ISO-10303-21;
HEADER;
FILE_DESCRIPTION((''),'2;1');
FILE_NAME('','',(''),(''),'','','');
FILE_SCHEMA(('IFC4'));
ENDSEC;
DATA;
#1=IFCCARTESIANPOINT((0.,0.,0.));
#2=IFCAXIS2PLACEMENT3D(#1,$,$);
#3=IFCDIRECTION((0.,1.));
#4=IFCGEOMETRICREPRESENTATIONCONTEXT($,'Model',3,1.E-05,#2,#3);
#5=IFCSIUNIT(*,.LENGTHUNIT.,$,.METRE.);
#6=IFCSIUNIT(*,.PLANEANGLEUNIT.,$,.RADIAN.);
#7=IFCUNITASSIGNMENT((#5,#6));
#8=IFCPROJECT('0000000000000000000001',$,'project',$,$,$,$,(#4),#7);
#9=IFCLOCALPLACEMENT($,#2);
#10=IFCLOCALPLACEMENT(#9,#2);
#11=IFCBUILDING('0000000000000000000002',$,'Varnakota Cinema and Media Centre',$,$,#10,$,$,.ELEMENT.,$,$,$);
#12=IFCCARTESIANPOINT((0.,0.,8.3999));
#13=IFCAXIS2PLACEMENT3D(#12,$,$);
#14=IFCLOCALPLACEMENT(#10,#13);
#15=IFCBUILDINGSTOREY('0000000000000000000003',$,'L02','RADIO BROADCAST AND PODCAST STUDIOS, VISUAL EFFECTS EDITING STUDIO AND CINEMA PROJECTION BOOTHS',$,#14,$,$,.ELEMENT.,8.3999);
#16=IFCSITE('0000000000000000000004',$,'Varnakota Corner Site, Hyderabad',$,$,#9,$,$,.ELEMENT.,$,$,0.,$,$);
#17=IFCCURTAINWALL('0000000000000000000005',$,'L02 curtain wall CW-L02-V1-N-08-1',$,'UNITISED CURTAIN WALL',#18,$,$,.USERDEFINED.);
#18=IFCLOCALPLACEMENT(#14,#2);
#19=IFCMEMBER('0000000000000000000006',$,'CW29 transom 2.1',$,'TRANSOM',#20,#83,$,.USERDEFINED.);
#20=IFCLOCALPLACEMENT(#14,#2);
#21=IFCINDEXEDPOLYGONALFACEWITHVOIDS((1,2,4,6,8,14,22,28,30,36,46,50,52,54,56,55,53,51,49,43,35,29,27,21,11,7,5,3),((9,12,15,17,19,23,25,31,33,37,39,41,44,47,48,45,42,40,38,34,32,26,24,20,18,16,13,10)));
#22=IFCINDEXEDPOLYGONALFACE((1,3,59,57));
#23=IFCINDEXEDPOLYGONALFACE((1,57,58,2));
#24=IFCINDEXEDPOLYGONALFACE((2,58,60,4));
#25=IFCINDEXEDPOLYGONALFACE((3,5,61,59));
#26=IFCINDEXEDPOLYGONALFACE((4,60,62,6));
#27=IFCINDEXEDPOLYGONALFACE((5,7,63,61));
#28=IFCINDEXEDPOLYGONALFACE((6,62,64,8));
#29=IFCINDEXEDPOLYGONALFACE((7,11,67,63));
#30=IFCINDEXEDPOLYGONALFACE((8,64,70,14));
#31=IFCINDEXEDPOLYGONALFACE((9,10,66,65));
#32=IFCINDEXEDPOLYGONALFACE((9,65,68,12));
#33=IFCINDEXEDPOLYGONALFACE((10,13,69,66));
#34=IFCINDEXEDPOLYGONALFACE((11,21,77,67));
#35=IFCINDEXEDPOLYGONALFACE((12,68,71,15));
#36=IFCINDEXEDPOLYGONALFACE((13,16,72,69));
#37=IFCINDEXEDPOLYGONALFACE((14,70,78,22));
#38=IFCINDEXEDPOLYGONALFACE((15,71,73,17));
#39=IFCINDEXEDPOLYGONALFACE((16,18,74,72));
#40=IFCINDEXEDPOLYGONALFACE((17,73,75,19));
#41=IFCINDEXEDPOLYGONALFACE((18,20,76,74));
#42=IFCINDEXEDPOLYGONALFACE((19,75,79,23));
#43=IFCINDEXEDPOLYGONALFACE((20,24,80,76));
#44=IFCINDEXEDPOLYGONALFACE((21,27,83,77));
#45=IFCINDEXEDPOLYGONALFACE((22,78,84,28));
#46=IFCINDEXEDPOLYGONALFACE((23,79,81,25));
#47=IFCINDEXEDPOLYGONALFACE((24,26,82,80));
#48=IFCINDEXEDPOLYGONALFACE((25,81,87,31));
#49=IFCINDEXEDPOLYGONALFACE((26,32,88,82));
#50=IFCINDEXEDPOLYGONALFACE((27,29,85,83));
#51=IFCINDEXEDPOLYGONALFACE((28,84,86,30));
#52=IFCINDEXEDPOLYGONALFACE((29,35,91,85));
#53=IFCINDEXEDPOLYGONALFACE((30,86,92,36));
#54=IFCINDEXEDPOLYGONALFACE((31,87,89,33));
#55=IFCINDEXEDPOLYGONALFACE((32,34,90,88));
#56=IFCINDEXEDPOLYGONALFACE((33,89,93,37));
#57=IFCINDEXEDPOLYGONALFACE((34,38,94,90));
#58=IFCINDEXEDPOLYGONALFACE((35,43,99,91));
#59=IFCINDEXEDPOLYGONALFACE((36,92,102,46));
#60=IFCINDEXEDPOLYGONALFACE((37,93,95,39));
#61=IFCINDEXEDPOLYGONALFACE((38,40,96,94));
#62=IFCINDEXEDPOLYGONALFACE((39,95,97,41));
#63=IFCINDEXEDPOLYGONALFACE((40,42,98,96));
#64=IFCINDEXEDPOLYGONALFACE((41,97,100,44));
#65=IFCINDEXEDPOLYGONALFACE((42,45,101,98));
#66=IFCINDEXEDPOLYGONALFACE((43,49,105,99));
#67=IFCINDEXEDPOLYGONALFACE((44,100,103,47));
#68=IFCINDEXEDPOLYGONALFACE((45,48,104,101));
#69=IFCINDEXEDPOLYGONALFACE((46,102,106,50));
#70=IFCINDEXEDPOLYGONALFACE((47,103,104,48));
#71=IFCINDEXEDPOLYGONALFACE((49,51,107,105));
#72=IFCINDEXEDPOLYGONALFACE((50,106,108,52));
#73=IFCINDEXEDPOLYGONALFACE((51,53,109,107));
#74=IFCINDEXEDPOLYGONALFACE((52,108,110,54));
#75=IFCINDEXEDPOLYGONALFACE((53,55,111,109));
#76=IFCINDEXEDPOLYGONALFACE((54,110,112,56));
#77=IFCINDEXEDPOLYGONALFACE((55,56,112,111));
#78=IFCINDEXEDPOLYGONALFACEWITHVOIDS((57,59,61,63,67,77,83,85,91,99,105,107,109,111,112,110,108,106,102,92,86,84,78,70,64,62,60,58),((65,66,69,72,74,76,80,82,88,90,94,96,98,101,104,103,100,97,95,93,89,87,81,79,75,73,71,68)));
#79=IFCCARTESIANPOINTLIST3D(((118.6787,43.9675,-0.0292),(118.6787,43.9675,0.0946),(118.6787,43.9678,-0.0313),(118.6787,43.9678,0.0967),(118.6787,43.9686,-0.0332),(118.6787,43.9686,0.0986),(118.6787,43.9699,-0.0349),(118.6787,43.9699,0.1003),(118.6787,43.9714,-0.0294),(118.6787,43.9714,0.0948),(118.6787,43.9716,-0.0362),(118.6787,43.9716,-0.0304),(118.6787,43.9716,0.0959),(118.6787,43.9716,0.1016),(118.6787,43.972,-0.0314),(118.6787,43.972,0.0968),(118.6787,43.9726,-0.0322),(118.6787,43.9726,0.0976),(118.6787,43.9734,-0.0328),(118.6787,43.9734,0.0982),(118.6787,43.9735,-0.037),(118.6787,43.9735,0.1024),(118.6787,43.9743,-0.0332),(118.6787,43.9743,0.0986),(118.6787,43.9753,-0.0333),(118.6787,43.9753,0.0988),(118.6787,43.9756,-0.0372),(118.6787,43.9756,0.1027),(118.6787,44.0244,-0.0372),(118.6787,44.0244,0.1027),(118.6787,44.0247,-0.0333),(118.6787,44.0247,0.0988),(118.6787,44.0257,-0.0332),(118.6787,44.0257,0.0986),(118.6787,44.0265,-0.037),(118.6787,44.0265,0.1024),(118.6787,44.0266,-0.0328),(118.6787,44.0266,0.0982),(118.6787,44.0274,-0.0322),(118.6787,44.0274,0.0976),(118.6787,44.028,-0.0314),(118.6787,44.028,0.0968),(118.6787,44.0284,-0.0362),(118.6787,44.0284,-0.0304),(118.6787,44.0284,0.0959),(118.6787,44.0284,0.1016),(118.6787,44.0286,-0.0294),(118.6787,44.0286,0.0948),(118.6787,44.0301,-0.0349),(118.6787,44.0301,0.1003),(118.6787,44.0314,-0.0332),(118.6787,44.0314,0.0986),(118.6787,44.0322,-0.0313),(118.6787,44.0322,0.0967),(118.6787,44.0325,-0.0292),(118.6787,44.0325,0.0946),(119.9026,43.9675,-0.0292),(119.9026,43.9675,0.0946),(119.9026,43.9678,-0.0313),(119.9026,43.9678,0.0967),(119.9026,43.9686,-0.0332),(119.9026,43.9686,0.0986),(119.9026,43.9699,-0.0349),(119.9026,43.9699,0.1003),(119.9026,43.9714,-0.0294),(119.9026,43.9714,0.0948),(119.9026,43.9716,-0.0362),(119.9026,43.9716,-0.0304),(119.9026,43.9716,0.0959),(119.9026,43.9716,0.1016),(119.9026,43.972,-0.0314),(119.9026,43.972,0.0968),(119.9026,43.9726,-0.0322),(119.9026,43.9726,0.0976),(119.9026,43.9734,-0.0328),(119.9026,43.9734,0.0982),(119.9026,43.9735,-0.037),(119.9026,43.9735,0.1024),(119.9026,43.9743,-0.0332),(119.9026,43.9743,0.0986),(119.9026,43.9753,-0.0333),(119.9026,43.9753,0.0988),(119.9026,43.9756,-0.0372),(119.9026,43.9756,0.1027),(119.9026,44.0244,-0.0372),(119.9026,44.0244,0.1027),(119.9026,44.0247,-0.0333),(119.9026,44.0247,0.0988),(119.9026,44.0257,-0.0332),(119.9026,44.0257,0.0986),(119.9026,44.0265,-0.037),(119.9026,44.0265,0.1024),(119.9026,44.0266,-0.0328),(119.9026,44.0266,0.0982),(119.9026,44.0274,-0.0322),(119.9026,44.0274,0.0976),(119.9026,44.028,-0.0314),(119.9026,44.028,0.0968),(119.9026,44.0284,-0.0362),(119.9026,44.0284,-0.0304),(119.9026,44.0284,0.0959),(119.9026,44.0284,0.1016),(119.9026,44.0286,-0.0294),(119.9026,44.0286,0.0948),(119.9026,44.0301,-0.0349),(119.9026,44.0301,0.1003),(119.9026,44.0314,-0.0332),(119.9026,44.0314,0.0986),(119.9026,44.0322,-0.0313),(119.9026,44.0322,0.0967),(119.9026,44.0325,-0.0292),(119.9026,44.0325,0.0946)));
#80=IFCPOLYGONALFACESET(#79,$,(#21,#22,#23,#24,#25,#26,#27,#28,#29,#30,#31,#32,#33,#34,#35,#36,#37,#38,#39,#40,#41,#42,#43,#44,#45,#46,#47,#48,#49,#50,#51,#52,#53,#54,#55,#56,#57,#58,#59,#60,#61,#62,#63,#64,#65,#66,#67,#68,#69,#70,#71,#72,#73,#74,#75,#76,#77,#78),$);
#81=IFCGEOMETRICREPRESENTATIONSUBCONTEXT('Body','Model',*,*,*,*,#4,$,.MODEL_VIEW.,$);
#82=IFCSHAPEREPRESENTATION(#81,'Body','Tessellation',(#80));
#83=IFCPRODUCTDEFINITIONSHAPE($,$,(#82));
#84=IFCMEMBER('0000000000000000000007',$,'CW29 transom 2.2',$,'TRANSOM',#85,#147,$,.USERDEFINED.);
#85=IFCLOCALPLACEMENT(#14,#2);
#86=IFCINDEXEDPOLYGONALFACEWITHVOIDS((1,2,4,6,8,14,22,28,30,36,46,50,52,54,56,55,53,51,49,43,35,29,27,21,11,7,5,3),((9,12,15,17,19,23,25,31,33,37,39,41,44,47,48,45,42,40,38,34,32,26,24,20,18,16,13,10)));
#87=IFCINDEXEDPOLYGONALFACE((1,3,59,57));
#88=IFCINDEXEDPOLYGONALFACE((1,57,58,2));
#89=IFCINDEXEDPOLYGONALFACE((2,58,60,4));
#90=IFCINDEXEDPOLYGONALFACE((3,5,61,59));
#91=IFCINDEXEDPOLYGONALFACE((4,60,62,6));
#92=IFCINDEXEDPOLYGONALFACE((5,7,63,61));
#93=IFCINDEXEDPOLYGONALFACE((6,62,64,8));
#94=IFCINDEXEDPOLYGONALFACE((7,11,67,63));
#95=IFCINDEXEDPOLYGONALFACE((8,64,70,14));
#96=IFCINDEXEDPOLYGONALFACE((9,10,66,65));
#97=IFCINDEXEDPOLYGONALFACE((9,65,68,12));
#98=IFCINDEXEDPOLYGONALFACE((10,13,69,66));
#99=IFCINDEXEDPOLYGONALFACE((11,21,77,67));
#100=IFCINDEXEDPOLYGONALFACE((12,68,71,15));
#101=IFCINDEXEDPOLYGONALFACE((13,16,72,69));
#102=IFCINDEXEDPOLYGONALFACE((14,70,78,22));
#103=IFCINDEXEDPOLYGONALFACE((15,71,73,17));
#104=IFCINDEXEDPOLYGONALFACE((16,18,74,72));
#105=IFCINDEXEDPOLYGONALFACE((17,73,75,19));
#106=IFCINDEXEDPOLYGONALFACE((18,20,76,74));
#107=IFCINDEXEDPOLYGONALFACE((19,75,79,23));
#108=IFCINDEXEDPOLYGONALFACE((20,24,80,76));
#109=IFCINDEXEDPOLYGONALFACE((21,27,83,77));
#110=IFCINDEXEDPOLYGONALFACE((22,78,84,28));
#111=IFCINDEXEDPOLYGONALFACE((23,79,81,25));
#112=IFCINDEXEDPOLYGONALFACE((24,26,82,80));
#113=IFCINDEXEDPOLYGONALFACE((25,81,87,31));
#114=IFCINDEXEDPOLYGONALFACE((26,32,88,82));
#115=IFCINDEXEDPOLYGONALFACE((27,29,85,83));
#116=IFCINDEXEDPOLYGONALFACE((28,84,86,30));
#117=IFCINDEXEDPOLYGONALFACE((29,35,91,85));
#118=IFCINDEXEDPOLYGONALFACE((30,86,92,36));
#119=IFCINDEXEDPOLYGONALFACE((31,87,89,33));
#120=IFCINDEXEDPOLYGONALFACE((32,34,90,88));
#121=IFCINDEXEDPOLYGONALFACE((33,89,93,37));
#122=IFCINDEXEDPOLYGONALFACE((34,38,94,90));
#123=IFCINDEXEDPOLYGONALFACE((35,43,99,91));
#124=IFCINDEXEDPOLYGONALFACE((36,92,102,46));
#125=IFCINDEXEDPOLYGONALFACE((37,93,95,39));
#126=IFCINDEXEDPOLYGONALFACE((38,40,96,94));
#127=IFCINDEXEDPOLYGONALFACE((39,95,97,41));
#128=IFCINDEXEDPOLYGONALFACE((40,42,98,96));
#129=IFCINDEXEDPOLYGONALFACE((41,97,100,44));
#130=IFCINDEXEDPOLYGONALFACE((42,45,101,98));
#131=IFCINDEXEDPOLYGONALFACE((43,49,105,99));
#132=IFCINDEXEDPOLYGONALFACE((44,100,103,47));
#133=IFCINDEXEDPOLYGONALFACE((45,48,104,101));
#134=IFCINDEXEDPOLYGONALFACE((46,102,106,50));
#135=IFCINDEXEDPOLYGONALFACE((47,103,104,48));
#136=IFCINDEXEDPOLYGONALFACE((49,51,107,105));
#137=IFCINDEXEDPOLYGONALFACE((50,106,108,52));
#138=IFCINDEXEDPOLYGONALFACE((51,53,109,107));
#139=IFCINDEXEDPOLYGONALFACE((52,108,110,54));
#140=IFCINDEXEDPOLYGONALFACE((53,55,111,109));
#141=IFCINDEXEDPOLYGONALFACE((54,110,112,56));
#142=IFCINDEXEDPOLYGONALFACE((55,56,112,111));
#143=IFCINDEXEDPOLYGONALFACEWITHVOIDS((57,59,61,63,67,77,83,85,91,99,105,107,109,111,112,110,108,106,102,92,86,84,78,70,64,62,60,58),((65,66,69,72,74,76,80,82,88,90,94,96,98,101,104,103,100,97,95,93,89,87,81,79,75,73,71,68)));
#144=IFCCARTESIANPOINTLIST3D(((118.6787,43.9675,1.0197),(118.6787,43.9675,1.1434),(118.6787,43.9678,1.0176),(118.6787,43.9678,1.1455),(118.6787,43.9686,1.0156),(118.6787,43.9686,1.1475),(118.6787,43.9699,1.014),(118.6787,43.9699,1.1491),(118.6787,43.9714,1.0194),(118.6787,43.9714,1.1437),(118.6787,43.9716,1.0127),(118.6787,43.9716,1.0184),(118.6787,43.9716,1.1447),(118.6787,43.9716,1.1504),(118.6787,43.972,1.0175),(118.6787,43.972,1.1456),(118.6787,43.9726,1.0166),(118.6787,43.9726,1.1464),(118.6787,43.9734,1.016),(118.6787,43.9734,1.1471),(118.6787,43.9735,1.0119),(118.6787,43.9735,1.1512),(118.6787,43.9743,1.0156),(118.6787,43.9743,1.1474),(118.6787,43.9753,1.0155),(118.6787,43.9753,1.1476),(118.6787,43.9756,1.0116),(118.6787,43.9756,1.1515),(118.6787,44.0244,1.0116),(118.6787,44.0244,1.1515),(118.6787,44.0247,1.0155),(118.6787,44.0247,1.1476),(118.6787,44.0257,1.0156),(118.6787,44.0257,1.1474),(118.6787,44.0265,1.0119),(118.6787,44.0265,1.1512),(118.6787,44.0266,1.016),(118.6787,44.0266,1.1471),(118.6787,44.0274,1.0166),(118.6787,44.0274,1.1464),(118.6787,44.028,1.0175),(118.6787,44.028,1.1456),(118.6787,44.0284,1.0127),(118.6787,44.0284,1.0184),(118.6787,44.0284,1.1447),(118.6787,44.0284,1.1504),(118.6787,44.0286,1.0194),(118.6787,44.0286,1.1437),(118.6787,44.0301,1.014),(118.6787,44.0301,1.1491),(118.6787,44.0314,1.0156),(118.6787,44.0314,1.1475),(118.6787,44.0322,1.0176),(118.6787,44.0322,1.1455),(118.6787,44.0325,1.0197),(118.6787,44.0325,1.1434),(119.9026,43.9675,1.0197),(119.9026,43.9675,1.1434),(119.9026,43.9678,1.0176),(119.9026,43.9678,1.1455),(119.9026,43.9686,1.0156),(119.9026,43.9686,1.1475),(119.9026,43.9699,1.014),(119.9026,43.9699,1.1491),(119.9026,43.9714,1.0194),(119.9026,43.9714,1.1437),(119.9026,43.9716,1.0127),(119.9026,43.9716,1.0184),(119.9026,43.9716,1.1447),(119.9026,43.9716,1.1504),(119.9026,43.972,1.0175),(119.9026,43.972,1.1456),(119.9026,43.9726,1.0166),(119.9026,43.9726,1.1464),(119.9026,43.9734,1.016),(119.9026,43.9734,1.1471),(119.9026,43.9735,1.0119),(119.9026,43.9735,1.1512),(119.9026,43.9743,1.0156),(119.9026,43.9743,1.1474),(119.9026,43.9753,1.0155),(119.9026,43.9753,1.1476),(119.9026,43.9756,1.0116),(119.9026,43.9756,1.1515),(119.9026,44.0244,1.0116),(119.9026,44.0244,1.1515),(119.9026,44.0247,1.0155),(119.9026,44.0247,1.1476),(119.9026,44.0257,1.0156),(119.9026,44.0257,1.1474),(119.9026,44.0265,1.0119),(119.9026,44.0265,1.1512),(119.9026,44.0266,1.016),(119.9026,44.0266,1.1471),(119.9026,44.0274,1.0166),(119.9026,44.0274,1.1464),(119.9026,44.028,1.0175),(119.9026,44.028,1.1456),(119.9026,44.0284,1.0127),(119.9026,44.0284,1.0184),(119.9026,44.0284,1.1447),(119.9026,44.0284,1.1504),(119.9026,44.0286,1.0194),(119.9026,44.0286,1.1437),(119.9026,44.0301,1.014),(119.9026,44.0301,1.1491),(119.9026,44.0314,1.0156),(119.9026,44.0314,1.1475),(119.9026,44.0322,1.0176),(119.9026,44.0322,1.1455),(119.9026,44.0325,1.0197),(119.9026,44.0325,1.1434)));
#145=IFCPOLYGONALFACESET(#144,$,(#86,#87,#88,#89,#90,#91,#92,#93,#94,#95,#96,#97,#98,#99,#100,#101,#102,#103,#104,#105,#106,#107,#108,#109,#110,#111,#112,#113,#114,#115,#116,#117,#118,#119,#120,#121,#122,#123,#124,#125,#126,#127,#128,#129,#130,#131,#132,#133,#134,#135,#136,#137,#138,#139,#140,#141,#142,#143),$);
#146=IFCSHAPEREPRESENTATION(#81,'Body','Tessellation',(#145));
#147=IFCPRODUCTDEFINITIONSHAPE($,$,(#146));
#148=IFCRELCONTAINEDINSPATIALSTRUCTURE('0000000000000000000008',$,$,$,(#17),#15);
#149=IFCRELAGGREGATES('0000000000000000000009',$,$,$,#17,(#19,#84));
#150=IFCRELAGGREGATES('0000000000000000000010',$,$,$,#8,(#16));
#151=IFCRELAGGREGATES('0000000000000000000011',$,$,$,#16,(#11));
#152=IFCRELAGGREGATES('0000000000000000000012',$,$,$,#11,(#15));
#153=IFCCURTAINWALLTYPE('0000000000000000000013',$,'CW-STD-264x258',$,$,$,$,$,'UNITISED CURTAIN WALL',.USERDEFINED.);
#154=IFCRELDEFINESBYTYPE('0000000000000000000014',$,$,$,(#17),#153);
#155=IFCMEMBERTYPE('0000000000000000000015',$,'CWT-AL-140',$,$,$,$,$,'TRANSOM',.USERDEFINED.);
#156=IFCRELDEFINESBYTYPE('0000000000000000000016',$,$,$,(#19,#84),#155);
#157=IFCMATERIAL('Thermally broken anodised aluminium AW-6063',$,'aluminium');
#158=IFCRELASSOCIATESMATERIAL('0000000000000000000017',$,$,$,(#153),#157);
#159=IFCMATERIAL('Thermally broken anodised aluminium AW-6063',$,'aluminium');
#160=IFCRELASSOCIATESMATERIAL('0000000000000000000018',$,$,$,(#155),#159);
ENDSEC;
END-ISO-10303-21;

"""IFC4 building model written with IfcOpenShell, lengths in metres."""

from ifc_helpers import new_model, si_unit, direction, frame, origin, origin_2d, place, context, subcontext, project, spatial, hollow_rectangle, extrude, material, material_profile, profile_set, type_object, element, aggregate, save


model = new_model("IFC4")

# Units and contexts
model_context = context("Model", 3, precision=1e-05, world=origin(), true_north=direction((0.0, 1.0)))
body_context = subcontext(model_context, "Body", "Model", "MODEL_VIEW")
ifc_project = project(units=[si_unit("LENGTHUNIT", "METRE"), si_unit("PLANEANGLEUNIT", "RADIAN")], contexts=[model_context])

# Site, building, storey
site_placement = place(None, origin())
site = spatial("IfcSite", under=ifc_project, at=site_placement, Name="Varnakota Corner Site, Hyderabad", CompositionType="ELEMENT", RefElevation=0.0)
building_placement = place(site_placement, origin())
building = spatial("IfcBuilding", under=site, at=building_placement, Name="Varnakota Cinema and Media Centre", CompositionType="ELEMENT")
storey_placement = place(building_placement, frame((0.0, 0.0, 8.3999)))
storey = spatial("IfcBuildingStorey", under=building, at=storey_placement, Name="L02", Description="RADIO BROADCAST AND PODCAST STUDIOS, VISUAL EFFECTS EDITING STUDIO AND CINEMA PROJECTION BOOTHS", CompositionType="ELEMENT", Elevation=8.3999)

# Curtain wall
ifc_material_1 = material(Name="Thermally broken anodised aluminium AW-6063", Category="aluminium")
curtain_wall_type = type_object("IfcCurtainWallType", Name="CW-STD-264x258", ElementType="UNITISED CURTAIN WALL", PredefinedType="USERDEFINED", material=ifc_material_1)
curtain_wall_1_placement = place(storey_placement, origin())
curtain_wall_1 = element("IfcCurtainWall", 1, at=curtain_wall_1_placement, inside=storey, type_object=curtain_wall_type, Name="L02 curtain wall CW-L02-V1-N-08-1", ObjectType="UNITISED CURTAIN WALL", PredefinedType="USERDEFINED")

# Members
ifc_material_2 = material(Name="Thermally broken anodised aluminium AW-6063", Category="aluminium")
ifc_material_profile_1 = material_profile(ifc_material_2, hollow_rectangle(XDim=0.0649, YDim=0.1399, WallThickness=0.0039, InnerFilletRadius=0.0039, OuterFilletRadius=0.0081, at=origin_2d()), Name="AL-TRANSOM 140x65x4")
ifc_profile_set_1 = profile_set([ifc_material_profile_1], Name="Thermally broken anodised aluminium AW-6063")
member_type_1 = type_object("IfcMemberType", Name="CWT-AL-140", ElementType="TRANSOM", PredefinedType="USERDEFINED", material=ifc_profile_set_1)
member_1_placement = place(storey_placement, frame((118.6787, 44.0, 0.0327), z_axis=(1.0, 0.0, 0.0), x_axis=(0.0, 1.0, 0.0)))
member_1 = element("IfcMember", 2, at=member_1_placement, type_object=member_type_1, Name="CW29 transom 2.1", ObjectType="TRANSOM", PredefinedType="USERDEFINED", context=body_context, shape_type="SweptSolid", body=[
    extrude(hollow_rectangle(XDim=0.0649, YDim=0.1399, WallThickness=0.0039, InnerFilletRadius=0.0039, OuterFilletRadius=0.0081, at=origin_2d()), origin(), (0.0, 0.0, 1.0), 1.2239),
])
member_2_placement = place(storey_placement, frame((118.6787, 44.0, 1.0815), z_axis=(1.0, 0.0, 0.0), x_axis=(0.0, 1.0, 0.0)))
member_2 = element("IfcMember", 3, at=member_2_placement, type_object=member_type_1, Name="CW29 transom 2.2", ObjectType="TRANSOM", PredefinedType="USERDEFINED", context=body_context, shape_type="SweptSolid", body=[
    extrude(hollow_rectangle(XDim=0.0649, YDim=0.1399, WallThickness=0.0039, InnerFilletRadius=0.0039, OuterFilletRadius=0.0081, at=origin_2d()), origin(), (0.0, 0.0, 1.0), 1.2239),
])

aggregate(curtain_wall_1, [member_1, member_2])

save(model, "model.ifc")
